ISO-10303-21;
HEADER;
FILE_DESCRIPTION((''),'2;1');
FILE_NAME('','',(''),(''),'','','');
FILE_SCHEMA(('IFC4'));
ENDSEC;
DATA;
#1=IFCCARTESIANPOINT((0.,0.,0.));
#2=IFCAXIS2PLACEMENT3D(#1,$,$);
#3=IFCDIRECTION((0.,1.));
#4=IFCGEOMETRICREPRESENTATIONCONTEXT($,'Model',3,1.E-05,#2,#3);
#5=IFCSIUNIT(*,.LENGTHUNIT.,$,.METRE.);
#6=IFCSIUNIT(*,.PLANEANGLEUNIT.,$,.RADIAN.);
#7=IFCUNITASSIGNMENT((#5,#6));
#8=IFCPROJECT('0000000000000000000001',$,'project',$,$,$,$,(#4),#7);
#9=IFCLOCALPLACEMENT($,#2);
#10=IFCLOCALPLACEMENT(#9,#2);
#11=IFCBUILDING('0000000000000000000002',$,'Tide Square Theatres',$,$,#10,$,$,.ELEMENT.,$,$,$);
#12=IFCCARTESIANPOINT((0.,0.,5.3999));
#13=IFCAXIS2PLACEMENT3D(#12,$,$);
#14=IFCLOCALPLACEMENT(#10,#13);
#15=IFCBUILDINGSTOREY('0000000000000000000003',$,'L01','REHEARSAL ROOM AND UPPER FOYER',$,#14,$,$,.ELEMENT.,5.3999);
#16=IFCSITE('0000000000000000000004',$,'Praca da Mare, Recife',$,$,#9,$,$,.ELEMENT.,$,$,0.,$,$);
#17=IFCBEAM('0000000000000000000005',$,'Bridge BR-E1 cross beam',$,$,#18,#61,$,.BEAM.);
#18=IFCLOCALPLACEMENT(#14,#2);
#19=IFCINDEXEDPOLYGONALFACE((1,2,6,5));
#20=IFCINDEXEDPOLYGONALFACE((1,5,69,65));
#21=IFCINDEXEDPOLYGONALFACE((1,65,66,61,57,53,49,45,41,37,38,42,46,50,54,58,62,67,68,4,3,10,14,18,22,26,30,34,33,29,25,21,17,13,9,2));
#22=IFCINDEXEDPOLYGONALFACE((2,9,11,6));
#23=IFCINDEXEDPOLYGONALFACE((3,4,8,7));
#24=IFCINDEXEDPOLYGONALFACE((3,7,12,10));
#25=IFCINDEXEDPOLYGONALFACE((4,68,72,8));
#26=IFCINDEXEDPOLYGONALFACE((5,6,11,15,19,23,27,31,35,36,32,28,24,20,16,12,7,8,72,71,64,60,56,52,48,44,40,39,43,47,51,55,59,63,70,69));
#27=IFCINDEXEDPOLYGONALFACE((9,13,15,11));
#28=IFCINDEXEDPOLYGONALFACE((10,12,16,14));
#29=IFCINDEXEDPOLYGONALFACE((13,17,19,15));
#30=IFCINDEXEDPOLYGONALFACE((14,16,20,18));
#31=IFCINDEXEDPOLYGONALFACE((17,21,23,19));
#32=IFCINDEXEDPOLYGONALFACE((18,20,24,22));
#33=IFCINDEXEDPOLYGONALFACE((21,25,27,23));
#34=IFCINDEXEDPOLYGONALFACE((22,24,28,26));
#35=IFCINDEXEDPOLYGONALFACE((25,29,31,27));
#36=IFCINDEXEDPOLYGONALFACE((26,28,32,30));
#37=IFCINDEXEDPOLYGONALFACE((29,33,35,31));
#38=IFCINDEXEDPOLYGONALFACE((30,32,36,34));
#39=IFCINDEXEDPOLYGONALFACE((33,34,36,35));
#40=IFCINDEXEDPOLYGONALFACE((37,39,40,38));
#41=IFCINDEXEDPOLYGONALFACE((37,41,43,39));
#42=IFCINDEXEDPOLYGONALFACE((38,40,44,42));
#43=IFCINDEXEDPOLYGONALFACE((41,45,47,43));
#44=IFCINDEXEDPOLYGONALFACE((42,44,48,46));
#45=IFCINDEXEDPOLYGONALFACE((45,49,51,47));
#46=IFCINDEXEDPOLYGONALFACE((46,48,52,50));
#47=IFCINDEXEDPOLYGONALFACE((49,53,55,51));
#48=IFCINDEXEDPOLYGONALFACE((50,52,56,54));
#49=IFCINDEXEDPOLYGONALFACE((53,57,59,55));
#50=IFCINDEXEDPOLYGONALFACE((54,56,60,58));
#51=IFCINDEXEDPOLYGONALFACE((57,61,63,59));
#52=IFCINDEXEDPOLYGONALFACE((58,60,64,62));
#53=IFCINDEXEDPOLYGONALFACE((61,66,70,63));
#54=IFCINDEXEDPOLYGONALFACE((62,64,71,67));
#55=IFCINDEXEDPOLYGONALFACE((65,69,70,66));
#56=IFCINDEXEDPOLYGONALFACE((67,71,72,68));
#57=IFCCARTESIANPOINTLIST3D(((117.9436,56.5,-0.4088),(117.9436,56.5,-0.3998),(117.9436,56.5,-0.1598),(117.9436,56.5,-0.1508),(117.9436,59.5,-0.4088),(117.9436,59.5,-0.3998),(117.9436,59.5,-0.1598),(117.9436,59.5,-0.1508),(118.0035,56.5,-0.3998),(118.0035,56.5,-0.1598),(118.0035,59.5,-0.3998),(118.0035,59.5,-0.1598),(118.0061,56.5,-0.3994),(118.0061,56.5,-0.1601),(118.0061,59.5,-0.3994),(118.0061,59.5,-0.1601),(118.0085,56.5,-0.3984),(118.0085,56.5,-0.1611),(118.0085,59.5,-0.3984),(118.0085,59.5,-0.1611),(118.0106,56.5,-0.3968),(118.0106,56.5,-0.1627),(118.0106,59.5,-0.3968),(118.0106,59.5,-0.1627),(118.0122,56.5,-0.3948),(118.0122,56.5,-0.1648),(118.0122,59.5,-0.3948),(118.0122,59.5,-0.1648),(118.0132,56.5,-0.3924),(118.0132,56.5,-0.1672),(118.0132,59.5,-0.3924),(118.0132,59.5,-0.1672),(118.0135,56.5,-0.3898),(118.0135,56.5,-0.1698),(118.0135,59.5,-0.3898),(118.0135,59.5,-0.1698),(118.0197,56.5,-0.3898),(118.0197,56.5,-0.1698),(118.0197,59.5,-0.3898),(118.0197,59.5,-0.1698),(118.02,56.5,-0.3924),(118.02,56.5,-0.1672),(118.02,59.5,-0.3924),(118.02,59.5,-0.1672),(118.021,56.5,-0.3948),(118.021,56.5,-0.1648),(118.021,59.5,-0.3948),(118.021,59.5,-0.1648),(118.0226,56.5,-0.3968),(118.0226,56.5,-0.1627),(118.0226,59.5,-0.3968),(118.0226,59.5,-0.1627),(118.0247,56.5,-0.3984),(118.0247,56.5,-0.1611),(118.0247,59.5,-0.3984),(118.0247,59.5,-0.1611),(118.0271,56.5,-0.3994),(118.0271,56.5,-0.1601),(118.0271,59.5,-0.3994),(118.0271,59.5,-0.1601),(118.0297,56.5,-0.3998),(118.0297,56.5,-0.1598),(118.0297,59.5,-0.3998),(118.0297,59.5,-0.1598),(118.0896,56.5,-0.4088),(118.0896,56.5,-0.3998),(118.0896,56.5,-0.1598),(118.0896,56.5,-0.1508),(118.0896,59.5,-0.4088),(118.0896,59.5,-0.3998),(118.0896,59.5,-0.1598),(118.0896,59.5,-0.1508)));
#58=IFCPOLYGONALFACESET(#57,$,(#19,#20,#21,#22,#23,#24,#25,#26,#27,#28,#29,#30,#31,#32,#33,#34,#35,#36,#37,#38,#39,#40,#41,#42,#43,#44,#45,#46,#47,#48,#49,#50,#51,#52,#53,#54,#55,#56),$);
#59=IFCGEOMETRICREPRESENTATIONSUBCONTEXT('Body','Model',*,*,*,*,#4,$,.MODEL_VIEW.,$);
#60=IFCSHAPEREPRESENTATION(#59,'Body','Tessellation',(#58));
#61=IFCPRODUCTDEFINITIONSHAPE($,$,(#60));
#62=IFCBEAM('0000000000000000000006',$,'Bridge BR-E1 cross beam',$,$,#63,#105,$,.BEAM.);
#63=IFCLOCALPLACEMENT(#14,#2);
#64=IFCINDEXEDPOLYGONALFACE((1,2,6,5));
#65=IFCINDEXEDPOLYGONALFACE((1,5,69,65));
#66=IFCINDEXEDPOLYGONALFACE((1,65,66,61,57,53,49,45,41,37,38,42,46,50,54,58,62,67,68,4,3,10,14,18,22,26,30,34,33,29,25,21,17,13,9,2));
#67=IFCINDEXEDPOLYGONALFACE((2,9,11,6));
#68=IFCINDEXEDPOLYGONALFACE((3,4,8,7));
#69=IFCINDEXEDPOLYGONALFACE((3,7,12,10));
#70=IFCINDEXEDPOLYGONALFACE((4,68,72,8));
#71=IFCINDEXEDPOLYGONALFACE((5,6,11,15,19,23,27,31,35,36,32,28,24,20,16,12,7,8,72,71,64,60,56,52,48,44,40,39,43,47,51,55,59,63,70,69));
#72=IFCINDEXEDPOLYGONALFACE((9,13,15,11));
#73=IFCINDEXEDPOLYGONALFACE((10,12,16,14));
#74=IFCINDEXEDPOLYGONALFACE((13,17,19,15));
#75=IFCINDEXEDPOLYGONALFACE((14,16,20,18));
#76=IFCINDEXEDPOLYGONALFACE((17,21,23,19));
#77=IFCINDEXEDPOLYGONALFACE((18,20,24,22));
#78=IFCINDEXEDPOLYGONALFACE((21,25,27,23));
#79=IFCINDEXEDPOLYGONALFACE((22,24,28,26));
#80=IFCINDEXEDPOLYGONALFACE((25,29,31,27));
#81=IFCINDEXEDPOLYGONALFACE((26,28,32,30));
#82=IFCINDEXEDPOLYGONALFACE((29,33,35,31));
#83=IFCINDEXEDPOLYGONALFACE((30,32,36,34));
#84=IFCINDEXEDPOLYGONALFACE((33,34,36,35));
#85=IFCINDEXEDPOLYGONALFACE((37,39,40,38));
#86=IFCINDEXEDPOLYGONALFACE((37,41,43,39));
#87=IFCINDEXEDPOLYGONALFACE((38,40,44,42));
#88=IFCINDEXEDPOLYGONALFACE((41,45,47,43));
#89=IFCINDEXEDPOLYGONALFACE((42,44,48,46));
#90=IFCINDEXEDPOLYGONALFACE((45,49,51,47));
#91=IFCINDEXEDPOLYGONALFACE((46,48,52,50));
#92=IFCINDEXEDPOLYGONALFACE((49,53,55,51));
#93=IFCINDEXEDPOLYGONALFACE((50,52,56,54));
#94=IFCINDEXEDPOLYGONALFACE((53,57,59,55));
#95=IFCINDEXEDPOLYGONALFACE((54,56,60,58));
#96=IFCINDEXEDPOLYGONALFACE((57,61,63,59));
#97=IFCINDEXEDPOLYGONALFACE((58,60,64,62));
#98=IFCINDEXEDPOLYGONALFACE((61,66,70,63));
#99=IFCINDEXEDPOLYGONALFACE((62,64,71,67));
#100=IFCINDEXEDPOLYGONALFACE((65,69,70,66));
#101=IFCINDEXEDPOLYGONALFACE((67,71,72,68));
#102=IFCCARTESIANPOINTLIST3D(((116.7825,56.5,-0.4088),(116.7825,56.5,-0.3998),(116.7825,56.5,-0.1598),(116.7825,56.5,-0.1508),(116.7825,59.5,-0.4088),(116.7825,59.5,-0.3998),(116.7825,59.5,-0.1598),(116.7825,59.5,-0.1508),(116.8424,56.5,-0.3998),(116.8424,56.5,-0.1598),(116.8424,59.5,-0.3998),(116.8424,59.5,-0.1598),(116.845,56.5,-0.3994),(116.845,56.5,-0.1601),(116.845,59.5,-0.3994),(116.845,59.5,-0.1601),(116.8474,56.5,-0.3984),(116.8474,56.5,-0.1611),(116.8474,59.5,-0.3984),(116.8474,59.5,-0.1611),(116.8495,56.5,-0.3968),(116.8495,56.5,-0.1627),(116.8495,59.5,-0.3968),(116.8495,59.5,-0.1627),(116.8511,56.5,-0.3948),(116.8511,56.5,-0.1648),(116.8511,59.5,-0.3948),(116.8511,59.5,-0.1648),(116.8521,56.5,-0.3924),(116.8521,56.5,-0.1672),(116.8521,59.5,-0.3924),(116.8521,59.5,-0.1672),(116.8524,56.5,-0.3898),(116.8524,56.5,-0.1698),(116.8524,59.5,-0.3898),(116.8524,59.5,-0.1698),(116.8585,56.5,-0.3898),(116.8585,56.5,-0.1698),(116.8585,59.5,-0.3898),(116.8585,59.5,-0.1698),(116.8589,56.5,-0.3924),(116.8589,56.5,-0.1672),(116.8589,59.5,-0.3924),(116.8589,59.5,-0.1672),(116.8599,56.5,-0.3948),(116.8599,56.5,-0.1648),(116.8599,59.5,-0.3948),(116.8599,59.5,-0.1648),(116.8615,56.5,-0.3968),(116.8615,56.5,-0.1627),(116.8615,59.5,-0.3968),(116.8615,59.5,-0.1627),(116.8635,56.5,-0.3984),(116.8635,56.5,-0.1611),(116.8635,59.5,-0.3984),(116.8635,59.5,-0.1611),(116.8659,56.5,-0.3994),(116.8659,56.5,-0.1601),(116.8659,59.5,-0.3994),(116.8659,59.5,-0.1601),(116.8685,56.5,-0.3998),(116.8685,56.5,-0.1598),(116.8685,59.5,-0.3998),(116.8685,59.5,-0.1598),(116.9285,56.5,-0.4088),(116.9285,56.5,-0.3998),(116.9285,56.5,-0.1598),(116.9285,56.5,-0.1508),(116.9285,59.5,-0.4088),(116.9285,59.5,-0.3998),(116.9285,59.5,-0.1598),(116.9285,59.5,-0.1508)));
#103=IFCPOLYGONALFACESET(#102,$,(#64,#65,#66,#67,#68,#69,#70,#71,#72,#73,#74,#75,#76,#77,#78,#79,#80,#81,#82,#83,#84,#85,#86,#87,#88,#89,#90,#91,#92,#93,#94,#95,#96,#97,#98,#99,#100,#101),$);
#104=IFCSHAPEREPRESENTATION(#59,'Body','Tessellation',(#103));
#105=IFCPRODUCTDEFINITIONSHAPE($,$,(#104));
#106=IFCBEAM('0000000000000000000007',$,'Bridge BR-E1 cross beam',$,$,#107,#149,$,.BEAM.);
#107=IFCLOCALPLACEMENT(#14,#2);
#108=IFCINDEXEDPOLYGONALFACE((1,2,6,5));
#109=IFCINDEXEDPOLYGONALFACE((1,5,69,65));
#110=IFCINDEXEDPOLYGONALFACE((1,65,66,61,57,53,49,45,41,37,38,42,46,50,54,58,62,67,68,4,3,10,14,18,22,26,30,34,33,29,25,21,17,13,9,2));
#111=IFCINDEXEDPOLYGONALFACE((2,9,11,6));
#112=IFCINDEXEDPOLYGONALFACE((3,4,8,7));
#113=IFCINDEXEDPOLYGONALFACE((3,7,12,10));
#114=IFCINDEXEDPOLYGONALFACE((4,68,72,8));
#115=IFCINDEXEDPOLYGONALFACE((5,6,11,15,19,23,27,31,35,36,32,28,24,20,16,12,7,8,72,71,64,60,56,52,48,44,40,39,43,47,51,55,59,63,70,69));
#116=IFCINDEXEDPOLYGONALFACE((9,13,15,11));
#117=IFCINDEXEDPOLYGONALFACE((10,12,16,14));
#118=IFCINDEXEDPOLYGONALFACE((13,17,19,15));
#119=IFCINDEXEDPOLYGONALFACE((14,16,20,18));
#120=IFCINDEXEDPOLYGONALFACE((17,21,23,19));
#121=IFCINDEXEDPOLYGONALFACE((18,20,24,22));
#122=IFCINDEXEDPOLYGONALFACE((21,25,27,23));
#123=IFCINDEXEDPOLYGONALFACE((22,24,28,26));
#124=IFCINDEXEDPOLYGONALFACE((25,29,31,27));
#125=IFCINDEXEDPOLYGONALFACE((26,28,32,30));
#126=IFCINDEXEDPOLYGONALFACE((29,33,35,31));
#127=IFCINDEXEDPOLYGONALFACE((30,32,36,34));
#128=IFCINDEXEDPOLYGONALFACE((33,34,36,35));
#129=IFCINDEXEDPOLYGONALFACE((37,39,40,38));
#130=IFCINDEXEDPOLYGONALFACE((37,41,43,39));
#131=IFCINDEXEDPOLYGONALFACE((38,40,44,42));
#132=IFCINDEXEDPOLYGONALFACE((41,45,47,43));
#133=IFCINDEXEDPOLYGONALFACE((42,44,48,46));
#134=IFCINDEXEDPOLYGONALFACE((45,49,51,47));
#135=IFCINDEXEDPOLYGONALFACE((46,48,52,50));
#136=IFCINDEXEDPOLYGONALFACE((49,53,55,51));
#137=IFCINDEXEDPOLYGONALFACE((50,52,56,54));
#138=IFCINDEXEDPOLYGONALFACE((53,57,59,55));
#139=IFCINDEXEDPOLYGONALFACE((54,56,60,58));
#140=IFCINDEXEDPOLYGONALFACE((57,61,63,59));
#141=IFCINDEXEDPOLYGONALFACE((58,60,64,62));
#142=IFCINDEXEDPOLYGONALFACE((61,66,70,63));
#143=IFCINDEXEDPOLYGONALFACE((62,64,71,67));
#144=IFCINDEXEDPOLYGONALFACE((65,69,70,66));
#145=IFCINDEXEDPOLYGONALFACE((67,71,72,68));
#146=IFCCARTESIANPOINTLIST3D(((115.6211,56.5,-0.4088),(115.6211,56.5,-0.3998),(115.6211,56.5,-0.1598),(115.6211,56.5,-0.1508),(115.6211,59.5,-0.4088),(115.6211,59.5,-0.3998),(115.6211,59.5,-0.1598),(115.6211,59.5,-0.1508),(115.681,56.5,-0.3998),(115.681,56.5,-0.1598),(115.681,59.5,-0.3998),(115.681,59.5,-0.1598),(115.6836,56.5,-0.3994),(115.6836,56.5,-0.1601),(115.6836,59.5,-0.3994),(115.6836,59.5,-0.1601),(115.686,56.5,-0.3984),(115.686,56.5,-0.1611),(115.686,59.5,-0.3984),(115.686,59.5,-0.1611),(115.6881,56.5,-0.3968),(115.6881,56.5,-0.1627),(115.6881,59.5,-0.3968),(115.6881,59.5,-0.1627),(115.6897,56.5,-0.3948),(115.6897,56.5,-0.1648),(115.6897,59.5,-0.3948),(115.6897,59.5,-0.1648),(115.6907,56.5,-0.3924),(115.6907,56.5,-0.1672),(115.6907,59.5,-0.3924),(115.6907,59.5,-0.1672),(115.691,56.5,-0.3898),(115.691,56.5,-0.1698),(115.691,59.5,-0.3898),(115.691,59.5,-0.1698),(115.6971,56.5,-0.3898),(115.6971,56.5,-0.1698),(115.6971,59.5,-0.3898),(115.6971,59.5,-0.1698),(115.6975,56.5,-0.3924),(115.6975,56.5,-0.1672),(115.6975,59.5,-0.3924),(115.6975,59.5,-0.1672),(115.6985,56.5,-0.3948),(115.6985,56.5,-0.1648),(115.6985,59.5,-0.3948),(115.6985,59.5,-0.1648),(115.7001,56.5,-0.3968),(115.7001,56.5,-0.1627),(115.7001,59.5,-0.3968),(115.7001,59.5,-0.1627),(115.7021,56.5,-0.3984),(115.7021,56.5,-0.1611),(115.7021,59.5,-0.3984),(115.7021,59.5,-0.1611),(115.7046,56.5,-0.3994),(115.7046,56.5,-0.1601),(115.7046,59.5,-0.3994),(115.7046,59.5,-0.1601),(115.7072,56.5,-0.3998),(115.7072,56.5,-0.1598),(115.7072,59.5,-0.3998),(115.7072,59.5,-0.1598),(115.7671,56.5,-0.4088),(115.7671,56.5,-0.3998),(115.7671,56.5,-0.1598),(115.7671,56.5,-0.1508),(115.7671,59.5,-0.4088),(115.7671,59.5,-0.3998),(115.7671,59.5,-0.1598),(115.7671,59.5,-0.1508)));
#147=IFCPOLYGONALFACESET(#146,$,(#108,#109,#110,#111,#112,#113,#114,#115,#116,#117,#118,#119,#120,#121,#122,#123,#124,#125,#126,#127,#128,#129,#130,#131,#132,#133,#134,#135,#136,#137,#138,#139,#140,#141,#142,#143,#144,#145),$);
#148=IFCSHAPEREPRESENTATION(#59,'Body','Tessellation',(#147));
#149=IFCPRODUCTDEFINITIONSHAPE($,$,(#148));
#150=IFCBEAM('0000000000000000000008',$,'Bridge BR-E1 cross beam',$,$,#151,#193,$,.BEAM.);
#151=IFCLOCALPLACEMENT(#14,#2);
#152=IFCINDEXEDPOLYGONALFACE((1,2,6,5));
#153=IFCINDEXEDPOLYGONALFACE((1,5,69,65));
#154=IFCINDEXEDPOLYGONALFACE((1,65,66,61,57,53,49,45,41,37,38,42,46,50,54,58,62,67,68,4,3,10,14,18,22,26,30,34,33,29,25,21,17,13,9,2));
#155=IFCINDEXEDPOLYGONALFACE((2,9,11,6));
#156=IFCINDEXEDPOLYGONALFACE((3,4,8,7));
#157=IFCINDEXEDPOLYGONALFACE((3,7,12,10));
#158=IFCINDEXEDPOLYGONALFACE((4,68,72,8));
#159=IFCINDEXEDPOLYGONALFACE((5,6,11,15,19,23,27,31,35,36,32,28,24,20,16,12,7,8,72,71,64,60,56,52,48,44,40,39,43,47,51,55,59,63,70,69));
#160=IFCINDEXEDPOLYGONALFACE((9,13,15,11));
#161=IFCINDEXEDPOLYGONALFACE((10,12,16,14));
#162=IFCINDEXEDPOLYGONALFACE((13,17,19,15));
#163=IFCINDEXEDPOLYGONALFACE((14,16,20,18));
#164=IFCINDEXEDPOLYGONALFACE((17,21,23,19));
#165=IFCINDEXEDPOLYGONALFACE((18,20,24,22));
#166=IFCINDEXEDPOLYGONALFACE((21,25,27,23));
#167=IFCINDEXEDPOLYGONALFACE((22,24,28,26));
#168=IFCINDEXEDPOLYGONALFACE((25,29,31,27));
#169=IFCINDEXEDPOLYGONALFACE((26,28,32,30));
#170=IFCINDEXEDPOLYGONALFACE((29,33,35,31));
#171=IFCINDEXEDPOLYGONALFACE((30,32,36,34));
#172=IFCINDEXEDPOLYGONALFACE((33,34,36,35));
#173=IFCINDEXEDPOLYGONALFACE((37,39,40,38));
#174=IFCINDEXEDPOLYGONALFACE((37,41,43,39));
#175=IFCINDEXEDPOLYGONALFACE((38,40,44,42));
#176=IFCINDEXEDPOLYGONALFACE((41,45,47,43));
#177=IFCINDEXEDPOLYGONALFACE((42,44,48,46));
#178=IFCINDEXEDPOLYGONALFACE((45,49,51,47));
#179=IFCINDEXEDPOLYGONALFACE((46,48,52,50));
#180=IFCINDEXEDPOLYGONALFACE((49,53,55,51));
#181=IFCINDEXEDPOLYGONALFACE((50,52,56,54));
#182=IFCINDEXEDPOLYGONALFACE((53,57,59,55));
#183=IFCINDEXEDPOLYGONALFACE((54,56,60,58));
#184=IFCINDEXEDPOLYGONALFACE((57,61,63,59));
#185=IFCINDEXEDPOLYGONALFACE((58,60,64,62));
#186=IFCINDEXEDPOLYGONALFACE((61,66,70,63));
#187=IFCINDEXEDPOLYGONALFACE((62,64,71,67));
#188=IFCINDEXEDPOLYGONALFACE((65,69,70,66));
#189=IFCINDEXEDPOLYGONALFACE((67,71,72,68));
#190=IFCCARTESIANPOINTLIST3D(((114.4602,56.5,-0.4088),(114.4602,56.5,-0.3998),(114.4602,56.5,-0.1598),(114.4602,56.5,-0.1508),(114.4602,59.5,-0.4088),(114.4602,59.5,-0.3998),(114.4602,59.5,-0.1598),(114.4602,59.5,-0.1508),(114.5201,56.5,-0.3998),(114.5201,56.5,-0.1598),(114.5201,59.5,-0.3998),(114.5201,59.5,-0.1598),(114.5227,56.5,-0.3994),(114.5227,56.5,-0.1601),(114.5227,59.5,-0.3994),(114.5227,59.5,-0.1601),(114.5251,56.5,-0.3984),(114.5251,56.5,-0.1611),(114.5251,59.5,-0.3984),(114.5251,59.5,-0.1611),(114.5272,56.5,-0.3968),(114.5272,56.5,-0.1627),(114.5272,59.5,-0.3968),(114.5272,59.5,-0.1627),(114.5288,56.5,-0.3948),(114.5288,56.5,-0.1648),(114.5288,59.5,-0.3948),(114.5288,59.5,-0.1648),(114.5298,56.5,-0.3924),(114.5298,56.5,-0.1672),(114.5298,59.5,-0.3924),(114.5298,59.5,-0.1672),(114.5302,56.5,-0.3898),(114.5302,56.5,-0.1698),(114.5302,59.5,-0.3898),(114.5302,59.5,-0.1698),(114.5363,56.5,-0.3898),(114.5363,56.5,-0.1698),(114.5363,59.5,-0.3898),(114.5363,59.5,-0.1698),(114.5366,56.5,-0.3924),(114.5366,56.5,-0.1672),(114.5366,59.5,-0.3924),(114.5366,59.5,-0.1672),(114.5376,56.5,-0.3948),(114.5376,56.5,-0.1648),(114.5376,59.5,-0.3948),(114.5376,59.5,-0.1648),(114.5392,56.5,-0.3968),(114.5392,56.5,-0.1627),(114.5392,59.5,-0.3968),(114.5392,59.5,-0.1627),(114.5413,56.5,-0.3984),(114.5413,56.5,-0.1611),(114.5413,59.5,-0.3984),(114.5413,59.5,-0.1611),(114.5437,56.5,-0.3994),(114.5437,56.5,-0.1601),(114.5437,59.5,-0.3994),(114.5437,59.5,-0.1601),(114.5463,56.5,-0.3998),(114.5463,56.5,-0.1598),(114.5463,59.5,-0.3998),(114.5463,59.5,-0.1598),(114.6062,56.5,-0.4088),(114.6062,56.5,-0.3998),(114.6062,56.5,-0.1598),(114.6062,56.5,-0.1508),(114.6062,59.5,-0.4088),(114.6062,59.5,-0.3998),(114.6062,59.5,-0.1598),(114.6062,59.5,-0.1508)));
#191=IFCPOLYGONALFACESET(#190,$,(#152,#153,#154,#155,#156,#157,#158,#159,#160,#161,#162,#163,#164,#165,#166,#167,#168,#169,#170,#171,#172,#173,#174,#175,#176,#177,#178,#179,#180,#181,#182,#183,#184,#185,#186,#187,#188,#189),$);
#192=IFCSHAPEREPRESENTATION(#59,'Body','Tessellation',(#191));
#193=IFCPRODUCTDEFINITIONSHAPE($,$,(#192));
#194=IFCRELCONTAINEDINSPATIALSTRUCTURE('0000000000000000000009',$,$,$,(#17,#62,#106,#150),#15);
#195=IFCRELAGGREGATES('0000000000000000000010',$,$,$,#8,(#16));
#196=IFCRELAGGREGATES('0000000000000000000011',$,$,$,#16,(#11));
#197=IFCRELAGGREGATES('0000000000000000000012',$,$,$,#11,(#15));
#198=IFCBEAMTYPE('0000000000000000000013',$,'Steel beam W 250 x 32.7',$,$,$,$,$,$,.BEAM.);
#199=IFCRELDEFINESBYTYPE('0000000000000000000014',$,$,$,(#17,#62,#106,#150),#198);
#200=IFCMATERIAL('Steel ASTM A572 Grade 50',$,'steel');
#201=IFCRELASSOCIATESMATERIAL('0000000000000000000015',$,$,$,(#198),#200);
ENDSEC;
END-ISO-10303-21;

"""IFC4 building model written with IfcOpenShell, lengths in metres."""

from ifc_helpers import new_model, si_unit, direction, frame, origin, origin_2d, place, context, subcontext, project, spatial, i_section, extrude, material, material_profile, profile_set, type_object, element, save


model = new_model("IFC4")

# Units and contexts
model_context = context("Model", 3, precision=1e-05, world=origin(), true_north=direction((0.0, 1.0)))
body_context = subcontext(model_context, "Body", "Model", "MODEL_VIEW")
ifc_project = project(units=[si_unit("LENGTHUNIT", "METRE"), si_unit("PLANEANGLEUNIT", "RADIAN")], contexts=[model_context])

# Site, building, storey
site_placement = place(None, origin())
site = spatial("IfcSite", under=ifc_project, at=site_placement, Name="Praca da Mare, Recife", CompositionType="ELEMENT", RefElevation=0.0)
building_placement = place(site_placement, origin())
building = spatial("IfcBuilding", under=site, at=building_placement, Name="Tide Square Theatres", CompositionType="ELEMENT")
storey_placement = place(building_placement, frame((0.0, 0.0, 5.3999)))
storey = spatial("IfcBuildingStorey", under=building, at=storey_placement, Name="L01", Description="REHEARSAL ROOM AND UPPER FOYER", CompositionType="ELEMENT", Elevation=5.3999)

# Beams
ifc_material_1 = material(Name="Steel ASTM A572 Grade 50", Category="steel")
ifc_material_profile_1 = material_profile(ifc_material_1, i_section(OverallWidth=0.146, OverallDepth=0.2581, WebThickness=0.0061, FlangeThickness=0.009, FilletRadius=0.01, at=origin_2d()))
ifc_profile_set_1 = profile_set([ifc_material_profile_1], Name="Steel ASTM A572 Grade 50")
beam_type = type_object("IfcBeamType", Name="Steel beam W 250 x 32.7", PredefinedType="BEAM", material=ifc_profile_set_1)
for number, where, z_axis, x_axis, name in (
    (1, (118.0166, 59.5, -0.2798), (0.0, -1.0, 0.0), (1.0, 0.0, 0.0), "Bridge BR-E1 cross beam"),
    (2, (116.8555, 59.5, -0.2798), (0.0, -1.0, 0.0), (1.0, 0.0, 0.0), "Bridge BR-E1 cross beam"),
    (3, (115.6941, 59.5, -0.2798), (0.0, -1.0, 0.0), (1.0, 0.0, 0.0), "Bridge BR-E1 cross beam"),
    (4, (114.5332, 59.5, -0.2798), (0.0, -1.0, 0.0), (1.0, 0.0, 0.0), "Bridge BR-E1 cross beam"),
):
    element("IfcBeam", number, at=place(storey_placement, frame(where, z_axis=z_axis, x_axis=x_axis)), inside=storey, type_object=beam_type, Name=name, PredefinedType="BEAM", context=body_context, shape_type="SweptSolid", body=[
        extrude(i_section(OverallWidth=0.146, OverallDepth=0.2581, WebThickness=0.0061, FlangeThickness=0.009, FilletRadius=0.01, at=origin_2d()), origin(), (0.0, 0.0, 1.0), 3.0),
    ])

save(model, "model.ifc")
